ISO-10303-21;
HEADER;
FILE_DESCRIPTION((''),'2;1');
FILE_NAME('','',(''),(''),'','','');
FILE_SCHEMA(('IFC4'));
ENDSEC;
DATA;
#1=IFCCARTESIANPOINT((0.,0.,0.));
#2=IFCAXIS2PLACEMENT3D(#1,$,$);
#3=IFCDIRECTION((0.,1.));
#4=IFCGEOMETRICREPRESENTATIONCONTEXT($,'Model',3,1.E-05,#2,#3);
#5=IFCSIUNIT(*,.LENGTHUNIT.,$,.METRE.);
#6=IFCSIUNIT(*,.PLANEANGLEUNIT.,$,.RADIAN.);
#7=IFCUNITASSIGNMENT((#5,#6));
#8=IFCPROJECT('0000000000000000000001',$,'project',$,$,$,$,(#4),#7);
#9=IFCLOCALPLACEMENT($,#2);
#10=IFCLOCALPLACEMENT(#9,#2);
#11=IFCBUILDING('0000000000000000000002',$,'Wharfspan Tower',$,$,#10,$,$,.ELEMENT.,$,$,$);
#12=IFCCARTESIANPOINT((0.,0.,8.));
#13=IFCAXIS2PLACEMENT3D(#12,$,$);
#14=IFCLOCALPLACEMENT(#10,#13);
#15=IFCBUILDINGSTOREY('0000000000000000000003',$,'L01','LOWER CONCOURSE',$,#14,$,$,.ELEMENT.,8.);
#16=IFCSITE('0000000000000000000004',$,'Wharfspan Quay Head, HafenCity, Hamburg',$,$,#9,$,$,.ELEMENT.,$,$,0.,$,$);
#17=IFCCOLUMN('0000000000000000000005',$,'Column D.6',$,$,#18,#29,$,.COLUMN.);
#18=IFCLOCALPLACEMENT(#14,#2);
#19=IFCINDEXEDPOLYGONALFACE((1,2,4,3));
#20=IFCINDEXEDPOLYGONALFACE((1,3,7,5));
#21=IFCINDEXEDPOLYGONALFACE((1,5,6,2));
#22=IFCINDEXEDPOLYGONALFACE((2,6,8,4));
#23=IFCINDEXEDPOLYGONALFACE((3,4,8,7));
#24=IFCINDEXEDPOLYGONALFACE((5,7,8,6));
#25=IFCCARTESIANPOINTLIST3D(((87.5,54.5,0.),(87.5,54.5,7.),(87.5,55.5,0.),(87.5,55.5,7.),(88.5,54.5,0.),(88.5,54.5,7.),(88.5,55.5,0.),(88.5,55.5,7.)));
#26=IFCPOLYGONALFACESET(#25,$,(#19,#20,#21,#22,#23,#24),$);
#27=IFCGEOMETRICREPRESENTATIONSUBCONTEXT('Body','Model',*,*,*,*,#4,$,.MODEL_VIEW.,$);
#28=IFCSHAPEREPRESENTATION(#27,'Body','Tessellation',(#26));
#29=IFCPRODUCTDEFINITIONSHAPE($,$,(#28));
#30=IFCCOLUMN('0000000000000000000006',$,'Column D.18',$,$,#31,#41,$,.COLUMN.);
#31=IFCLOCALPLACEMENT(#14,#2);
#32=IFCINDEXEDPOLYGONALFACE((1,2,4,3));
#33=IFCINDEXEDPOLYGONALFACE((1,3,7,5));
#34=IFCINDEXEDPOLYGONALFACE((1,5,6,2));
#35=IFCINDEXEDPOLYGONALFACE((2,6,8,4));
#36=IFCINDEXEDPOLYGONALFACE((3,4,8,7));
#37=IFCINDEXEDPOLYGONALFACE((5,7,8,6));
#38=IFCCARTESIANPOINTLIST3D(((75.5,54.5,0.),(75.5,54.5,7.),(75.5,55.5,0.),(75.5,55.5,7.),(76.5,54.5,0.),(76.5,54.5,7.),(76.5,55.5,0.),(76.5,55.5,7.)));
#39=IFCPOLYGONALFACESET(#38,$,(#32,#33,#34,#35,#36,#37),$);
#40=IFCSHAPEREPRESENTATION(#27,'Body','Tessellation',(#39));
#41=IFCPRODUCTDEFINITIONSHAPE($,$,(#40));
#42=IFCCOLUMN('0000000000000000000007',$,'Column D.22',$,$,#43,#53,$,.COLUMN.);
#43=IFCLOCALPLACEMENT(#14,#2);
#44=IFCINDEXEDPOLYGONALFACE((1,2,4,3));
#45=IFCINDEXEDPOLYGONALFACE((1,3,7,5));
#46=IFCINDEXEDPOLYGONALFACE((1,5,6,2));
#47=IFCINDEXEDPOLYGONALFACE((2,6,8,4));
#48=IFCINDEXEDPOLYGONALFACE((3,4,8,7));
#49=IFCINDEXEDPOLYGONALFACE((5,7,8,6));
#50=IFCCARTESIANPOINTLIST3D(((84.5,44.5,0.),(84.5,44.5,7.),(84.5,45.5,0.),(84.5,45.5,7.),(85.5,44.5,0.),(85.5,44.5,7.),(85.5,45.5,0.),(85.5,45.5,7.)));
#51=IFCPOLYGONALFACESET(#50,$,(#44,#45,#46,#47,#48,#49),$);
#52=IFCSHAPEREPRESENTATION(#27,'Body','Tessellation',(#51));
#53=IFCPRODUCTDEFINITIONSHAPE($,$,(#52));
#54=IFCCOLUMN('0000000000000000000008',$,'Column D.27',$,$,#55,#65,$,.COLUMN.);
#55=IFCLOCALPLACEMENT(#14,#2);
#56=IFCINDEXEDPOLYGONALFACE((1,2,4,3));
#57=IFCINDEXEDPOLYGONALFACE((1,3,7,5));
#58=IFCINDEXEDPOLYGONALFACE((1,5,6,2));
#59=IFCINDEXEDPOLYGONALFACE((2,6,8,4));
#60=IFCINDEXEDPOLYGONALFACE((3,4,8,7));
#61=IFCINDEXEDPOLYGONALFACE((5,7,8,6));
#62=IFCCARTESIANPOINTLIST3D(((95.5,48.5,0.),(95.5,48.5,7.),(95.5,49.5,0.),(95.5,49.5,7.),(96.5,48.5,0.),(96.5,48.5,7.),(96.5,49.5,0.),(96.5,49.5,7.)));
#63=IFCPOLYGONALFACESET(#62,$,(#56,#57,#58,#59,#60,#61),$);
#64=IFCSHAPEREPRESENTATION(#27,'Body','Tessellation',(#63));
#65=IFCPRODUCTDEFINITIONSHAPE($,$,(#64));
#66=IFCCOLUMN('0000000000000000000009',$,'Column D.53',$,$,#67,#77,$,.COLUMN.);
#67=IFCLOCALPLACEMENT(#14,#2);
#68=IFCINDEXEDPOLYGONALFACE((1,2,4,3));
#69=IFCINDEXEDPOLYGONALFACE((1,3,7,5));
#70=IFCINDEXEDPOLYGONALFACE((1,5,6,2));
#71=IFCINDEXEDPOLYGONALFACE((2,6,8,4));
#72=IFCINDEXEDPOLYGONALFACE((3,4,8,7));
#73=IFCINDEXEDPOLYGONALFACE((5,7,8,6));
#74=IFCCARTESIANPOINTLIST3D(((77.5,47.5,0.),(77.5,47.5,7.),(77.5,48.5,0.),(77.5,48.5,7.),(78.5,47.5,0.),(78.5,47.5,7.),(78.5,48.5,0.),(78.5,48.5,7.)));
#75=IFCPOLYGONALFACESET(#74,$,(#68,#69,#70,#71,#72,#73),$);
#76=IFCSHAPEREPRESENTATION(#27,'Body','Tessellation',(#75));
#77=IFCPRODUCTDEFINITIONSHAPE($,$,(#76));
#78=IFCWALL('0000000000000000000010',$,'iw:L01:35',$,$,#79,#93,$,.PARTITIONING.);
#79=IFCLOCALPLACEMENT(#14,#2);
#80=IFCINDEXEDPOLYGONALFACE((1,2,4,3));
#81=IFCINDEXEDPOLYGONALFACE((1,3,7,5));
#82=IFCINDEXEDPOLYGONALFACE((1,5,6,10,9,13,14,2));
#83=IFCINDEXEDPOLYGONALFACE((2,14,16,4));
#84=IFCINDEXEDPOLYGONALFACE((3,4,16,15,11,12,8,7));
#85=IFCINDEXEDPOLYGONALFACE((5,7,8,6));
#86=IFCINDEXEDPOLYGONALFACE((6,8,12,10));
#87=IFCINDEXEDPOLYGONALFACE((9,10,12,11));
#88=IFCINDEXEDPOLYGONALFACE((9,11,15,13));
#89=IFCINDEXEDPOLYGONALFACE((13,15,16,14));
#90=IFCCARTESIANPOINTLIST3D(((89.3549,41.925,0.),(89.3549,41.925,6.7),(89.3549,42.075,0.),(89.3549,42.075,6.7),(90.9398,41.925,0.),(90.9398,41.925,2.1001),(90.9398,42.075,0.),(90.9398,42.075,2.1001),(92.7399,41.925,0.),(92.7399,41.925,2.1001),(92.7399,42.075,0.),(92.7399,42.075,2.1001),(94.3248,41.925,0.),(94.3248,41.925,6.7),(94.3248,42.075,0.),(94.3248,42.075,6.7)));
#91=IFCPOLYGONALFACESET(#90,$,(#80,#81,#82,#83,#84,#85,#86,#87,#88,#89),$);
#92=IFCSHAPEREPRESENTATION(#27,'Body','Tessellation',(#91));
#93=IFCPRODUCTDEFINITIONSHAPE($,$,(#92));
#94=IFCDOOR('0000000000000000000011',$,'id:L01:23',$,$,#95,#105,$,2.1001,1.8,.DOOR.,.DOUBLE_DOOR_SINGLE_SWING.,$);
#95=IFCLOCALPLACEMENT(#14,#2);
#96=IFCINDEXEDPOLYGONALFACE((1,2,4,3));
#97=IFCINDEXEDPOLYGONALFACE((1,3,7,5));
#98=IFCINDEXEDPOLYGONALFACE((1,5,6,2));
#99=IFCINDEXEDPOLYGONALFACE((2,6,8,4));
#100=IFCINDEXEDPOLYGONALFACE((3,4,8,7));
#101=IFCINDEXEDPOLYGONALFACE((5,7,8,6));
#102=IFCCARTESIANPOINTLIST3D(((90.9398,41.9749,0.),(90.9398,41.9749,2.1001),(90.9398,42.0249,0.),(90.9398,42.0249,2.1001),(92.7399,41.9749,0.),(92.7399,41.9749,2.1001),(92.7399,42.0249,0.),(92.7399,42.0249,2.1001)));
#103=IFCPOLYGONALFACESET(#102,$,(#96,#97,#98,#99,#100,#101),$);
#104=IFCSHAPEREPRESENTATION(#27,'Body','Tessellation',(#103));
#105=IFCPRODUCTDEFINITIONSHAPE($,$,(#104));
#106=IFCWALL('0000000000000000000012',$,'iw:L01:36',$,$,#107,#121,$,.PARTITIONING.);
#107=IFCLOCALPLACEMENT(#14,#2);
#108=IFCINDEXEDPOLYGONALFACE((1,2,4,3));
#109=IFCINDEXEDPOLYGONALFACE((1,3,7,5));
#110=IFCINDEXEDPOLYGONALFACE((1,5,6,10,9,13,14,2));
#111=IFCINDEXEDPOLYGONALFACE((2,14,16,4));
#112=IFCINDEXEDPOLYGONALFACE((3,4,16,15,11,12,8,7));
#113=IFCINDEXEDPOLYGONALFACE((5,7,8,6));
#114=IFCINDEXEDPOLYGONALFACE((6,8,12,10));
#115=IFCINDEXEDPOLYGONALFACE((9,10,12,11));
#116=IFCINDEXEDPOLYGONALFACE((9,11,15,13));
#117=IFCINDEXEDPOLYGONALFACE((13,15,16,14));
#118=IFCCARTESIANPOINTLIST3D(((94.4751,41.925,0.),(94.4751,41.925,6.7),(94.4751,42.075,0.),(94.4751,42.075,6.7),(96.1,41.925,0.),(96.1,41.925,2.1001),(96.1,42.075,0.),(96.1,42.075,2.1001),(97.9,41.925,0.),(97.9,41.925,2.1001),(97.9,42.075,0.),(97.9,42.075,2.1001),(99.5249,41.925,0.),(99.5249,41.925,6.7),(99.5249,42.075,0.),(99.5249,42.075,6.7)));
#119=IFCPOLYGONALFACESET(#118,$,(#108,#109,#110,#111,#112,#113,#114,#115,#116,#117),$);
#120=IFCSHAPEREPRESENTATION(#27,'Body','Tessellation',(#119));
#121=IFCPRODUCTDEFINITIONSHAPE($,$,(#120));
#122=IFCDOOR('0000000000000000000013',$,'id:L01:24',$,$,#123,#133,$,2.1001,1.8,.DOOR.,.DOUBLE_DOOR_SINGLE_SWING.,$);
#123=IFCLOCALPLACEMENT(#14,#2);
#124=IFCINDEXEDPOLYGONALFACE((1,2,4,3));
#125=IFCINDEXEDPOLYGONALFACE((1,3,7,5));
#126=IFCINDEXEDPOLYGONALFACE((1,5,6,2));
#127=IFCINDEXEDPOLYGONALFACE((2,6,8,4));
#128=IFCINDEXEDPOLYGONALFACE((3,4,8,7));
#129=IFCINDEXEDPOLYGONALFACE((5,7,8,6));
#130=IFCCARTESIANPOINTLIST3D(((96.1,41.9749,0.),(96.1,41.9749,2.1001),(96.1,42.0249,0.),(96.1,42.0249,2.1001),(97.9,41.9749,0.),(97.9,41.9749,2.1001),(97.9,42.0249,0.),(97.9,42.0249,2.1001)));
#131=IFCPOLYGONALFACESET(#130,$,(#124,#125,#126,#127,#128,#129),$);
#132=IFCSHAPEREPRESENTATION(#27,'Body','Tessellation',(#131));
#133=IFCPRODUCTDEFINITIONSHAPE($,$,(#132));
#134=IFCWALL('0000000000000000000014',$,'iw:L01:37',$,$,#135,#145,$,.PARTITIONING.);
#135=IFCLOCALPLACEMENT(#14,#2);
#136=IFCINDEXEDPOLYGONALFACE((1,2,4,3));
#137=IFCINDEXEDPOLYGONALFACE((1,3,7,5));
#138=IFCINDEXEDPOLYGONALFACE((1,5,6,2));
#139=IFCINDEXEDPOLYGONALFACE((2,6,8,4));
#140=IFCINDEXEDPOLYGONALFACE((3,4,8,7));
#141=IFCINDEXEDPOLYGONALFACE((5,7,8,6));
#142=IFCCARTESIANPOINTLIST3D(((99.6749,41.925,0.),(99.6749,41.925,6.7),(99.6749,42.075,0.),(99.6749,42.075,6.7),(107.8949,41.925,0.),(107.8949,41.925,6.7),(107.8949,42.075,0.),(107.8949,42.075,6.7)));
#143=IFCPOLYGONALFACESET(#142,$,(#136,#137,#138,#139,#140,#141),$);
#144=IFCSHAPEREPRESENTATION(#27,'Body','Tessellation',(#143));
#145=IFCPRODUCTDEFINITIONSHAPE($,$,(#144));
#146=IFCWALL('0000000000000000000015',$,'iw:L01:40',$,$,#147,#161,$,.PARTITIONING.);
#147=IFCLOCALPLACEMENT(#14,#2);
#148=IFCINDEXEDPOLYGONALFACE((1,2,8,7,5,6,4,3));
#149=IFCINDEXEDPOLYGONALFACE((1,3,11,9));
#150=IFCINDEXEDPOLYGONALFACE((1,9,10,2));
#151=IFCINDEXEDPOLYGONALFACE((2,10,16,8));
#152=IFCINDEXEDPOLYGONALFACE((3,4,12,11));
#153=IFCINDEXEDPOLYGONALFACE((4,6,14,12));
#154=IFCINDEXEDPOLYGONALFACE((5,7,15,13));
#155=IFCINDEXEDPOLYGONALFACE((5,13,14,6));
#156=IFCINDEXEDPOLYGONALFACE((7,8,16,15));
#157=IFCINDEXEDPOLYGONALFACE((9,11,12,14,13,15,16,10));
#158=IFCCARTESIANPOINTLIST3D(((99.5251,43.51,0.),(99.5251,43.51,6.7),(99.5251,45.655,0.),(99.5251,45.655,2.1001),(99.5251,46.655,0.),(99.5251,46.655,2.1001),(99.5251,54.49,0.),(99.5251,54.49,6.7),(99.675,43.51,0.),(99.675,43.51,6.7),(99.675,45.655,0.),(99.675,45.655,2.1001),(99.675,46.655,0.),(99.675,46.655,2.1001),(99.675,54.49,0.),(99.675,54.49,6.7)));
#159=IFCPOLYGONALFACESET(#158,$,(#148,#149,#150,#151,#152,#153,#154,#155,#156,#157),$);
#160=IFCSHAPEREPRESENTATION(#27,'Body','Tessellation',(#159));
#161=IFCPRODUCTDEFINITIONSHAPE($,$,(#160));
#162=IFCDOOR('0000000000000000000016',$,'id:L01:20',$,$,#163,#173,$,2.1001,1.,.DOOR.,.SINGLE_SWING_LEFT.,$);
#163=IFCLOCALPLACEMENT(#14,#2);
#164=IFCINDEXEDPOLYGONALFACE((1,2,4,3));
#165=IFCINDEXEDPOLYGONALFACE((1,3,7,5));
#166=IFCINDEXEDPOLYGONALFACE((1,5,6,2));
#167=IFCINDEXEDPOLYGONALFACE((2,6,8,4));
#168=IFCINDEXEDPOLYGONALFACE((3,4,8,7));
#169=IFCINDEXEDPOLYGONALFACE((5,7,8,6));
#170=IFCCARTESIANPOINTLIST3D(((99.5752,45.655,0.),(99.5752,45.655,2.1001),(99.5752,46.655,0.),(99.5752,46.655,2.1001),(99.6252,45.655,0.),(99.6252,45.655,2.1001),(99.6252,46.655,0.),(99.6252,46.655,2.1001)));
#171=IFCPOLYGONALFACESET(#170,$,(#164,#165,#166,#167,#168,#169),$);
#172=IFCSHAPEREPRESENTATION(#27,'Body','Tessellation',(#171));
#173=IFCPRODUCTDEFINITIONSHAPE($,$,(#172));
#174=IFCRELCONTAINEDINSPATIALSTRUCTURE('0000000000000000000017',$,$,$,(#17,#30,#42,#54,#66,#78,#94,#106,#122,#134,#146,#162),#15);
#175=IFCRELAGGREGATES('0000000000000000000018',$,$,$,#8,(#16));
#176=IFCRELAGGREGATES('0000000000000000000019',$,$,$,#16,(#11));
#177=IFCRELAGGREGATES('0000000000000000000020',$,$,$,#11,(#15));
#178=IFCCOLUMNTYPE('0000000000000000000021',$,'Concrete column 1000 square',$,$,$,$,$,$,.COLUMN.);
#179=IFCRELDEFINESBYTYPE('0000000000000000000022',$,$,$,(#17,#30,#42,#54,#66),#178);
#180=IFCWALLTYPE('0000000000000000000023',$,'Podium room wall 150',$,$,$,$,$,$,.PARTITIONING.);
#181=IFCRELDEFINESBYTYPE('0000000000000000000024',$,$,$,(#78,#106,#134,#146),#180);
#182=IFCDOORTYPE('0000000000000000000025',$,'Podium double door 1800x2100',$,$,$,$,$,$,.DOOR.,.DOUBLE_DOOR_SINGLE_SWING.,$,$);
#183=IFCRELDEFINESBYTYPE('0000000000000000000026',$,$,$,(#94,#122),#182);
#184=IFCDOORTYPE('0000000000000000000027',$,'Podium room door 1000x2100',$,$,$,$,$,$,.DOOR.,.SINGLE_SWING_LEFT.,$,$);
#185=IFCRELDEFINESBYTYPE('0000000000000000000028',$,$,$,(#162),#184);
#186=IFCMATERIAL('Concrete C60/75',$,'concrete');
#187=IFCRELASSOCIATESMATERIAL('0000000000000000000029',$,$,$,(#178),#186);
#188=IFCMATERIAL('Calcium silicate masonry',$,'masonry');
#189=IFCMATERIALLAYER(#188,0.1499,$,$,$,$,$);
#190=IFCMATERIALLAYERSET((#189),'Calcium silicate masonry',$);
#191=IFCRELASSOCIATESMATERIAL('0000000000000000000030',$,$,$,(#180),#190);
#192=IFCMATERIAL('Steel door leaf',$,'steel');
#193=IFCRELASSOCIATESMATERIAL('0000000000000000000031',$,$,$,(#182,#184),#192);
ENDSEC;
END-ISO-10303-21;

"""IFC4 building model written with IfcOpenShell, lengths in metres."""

from ifc_helpers import new_model, si_unit, direction, frame, frame_2d, origin, origin_2d, place, context, subcontext, project, spatial, rectangle, extrude, material, layer, layer_set, material_profile, profile_set, type_object, element, fill, save


model = new_model("IFC4")

# Units and contexts
model_context = context("Model", 3, precision=1e-05, world=origin(), true_north=direction((0.0, 1.0)))
body_context = subcontext(model_context, "Body", "Model", "MODEL_VIEW")
ifc_project = project(units=[si_unit("LENGTHUNIT", "METRE"), si_unit("PLANEANGLEUNIT", "RADIAN")], contexts=[model_context])

# Site, building, storey
site_placement = place(None, origin())
site = spatial("IfcSite", under=ifc_project, at=site_placement, Name="Wharfspan Quay Head, HafenCity, Hamburg", CompositionType="ELEMENT", RefElevation=0.0)
building_placement = place(site_placement, origin())
building = spatial("IfcBuilding", under=site, at=building_placement, Name="Wharfspan Tower", CompositionType="ELEMENT")
storey_placement = place(building_placement, frame((0.0, 0.0, 8.0)))
storey = spatial("IfcBuildingStorey", under=building, at=storey_placement, Name="L01", Description="LOWER CONCOURSE", CompositionType="ELEMENT", Elevation=8.0)

# Columns
ifc_material_1 = material(Name="Concrete C60/75", Category="concrete")
ifc_material_profile = material_profile(ifc_material_1, rectangle(XDim=1.0, YDim=1.0, at=origin_2d()))
ifc_profile_set = profile_set([ifc_material_profile], Name="Concrete C60/75")
column_type = type_object("IfcColumnType", Name="Concrete column 1000 square", PredefinedType="COLUMN", material=ifc_profile_set)
for number, where, z_axis, x_axis, name in (
    (1, (88.0, 55.0, 0.0), (0.0, 0.0, 1.0), (1.0, 0.0, 0.0), "Column D.6"),
    (2, (76.0, 55.0, 0.0), (0.0, 0.0, 1.0), (1.0, 0.0, 0.0), "Column D.18"),
    (3, (85.0, 45.0, 0.0), (0.0, 0.0, 1.0), (1.0, 0.0, 0.0), "Column D.22"),
    (4, (96.0, 49.0, 0.0), (0.0, 0.0, 1.0), (1.0, 0.0, 0.0), "Column D.27"),
    (5, (78.0, 48.0, 0.0), (0.0, 0.0, 1.0), (1.0, 0.0, 0.0), "Column D.53"),
):
    element("IfcColumn", number, at=place(storey_placement, frame(where, z_axis=z_axis, x_axis=x_axis)), inside=storey, type_object=column_type, Name=name, PredefinedType="COLUMN", context=body_context, shape_type="SweptSolid", body=[
        extrude(rectangle(XDim=1.0, YDim=1.0, at=origin_2d()), origin(), (0.0, 0.0, 1.0), 7.0),
    ])

# Walls, openings, doors
ifc_material_2 = material(Name="Calcium silicate masonry", Category="masonry")
ifc_layer_1 = layer(ifc_material_2, 0.1499)
ifc_layer_set_1 = layer_set([ifc_layer_1], Name="Calcium silicate masonry")
wall_type_1 = type_object("IfcWallType", Name="Podium room wall 150", PredefinedType="PARTITIONING", material=ifc_layer_set_1)
wall_1_placement = place(storey_placement, frame((89.355, 42.0, 0.0), z_axis=(0.0, 0.0, 1.0), x_axis=(1.0, 0.0, 0.0)))
wall_1 = element("IfcWall", 6, at=wall_1_placement, inside=storey, type_object=wall_type_1, Name="iw:L01:35", PredefinedType="PARTITIONING", context=body_context, shape_type="SweptSolid", body=[
    extrude(rectangle(XDim=4.97, YDim=0.1499, at=frame_2d((2.4849, 0.0))), origin(), (0.0, 0.0, 1.0), 6.7),
])
opening_1_placement = place(wall_1_placement, frame((1.585, 0.0, 0.0)))
opening_1 = element("IfcOpeningElement", 7, at=opening_1_placement, cuts=wall_1, PredefinedType="OPENING", context=body_context, shape_type="SweptSolid", body=[
    extrude(rectangle(XDim=1.8, YDim=2.1001, at=frame_2d((0.8999, 1.05))), frame((0.0, 0.085, 0.0), z_axis=(0.0, -1.0, 0.0), x_axis=(1.0, 0.0, 0.0)), (0.0, 0.0, 1.0), 0.1699),
])
ifc_material_3 = material(Name="Steel door leaf", Category="steel")
door_type_1 = type_object("IfcDoorType", Name="Podium double door 1800x2100", OperationType="DOUBLE_DOOR_SINGLE_SWING", PredefinedType="DOOR", material=ifc_material_3)
door_1_placement = place(opening_1_placement, origin())
door_1 = element("IfcDoor", 8, at=door_1_placement, inside=storey, type_object=door_type_1, Name="id:L01:23", OperationType="DOUBLE_DOOR_SINGLE_SWING", OverallHeight=2.1001, OverallWidth=1.8, PredefinedType="DOOR", context=body_context, shape_type="SweptSolid", body=[
    extrude(rectangle(XDim=1.8, YDim=2.1001, at=frame_2d((0.8999, 1.05))), frame((0.0, 0.0249, 0.0), z_axis=(0.0, -1.0, 0.0), x_axis=(1.0, 0.0, 0.0)), (0.0, 0.0, 1.0), 0.05),
])
fill(opening_1, door_1)
wall_2_placement = place(storey_placement, frame((94.4751, 42.0, 0.0), z_axis=(0.0, 0.0, 1.0), x_axis=(1.0, 0.0, 0.0)))
wall_2 = element("IfcWall", 9, at=wall_2_placement, inside=storey, type_object=wall_type_1, Name="iw:L01:36", PredefinedType="PARTITIONING", context=body_context, shape_type="SweptSolid", body=[
    extrude(rectangle(XDim=5.0498, YDim=0.1499, at=frame_2d((2.5249, 0.0))), origin(), (0.0, 0.0, 1.0), 6.7),
])
opening_2_placement = place(wall_2_placement, frame((1.625, 0.0, 0.0)))
opening_2 = element("IfcOpeningElement", 10, at=opening_2_placement, cuts=wall_2, PredefinedType="OPENING", context=body_context, shape_type="SweptSolid", body=[
    extrude(rectangle(XDim=1.8, YDim=2.1001, at=frame_2d((0.8999, 1.05))), frame((0.0, 0.085, 0.0), z_axis=(0.0, -1.0, 0.0), x_axis=(1.0, 0.0, 0.0)), (0.0, 0.0, 1.0), 0.1699),
])
door_2_placement = place(opening_2_placement, origin())
door_2 = element("IfcDoor", 11, at=door_2_placement, inside=storey, type_object=door_type_1, Name="id:L01:24", OperationType="DOUBLE_DOOR_SINGLE_SWING", OverallHeight=2.1001, OverallWidth=1.8, PredefinedType="DOOR", context=body_context, shape_type="SweptSolid", body=[
    extrude(rectangle(XDim=1.8, YDim=2.1001, at=frame_2d((0.8999, 1.05))), frame((0.0, 0.0249, 0.0), z_axis=(0.0, -1.0, 0.0), x_axis=(1.0, 0.0, 0.0)), (0.0, 0.0, 1.0), 0.05),
])
fill(opening_2, door_2)

# Wall
wall_3_placement = place(storey_placement, frame((99.675, 42.0, 0.0), z_axis=(0.0, 0.0, 1.0), x_axis=(1.0, 0.0, 0.0)))
element("IfcWall", 12, at=wall_3_placement, inside=storey, type_object=wall_type_1, Name="iw:L01:37", PredefinedType="PARTITIONING", context=body_context, shape_type="SweptSolid", body=[
    extrude(rectangle(XDim=8.22, YDim=0.1499, at=frame_2d((4.1099, 0.0))), origin(), (0.0, 0.0, 1.0), 6.7),
])

# Wall, opening, door
wall_4_placement = place(storey_placement, frame((99.6001, 43.51, 0.0), z_axis=(0.0, 0.0, 1.0), x_axis=(0.0, 1.0, 0.0)))
wall_4 = element("IfcWall", 13, at=wall_4_placement, inside=storey, type_object=wall_type_1, Name="iw:L01:40", PredefinedType="PARTITIONING", context=body_context, shape_type="SweptSolid", body=[
    extrude(rectangle(XDim=10.98, YDim=0.1499, at=frame_2d((5.49, 0.0))), origin(), (0.0, 0.0, 1.0), 6.7),
])
opening_3_placement = place(wall_4_placement, frame((2.145, 0.0, 0.0)))
opening_3 = element("IfcOpeningElement", 14, at=opening_3_placement, cuts=wall_4, PredefinedType="OPENING", context=body_context, shape_type="SweptSolid", body=[
    extrude(rectangle(XDim=1.0, YDim=2.1001, at=frame_2d((0.5, 1.05))), frame((0.0, 0.085, 0.0), z_axis=(0.0, -1.0, 0.0), x_axis=(1.0, 0.0, 0.0)), (0.0, 0.0, 1.0), 0.1699),
])
door_type_2 = type_object("IfcDoorType", Name="Podium room door 1000x2100", OperationType="SINGLE_SWING_LEFT", PredefinedType="DOOR", material=ifc_material_3)
door_3_placement = place(opening_3_placement, origin())
door_3 = element("IfcDoor", 15, at=door_3_placement, inside=storey, type_object=door_type_2, Name="id:L01:20", OperationType="SINGLE_SWING_LEFT", OverallHeight=2.1001, OverallWidth=1.0, PredefinedType="DOOR", context=body_context, shape_type="SweptSolid", body=[
    extrude(rectangle(XDim=1.0, YDim=2.1001, at=frame_2d((0.5, 1.05))), frame((0.0, 0.0249, 0.0), z_axis=(0.0, -1.0, 0.0), x_axis=(1.0, 0.0, 0.0)), (0.0, 0.0, 1.0), 0.05),
])
fill(opening_3, door_3)

save(model, "model.ifc")
